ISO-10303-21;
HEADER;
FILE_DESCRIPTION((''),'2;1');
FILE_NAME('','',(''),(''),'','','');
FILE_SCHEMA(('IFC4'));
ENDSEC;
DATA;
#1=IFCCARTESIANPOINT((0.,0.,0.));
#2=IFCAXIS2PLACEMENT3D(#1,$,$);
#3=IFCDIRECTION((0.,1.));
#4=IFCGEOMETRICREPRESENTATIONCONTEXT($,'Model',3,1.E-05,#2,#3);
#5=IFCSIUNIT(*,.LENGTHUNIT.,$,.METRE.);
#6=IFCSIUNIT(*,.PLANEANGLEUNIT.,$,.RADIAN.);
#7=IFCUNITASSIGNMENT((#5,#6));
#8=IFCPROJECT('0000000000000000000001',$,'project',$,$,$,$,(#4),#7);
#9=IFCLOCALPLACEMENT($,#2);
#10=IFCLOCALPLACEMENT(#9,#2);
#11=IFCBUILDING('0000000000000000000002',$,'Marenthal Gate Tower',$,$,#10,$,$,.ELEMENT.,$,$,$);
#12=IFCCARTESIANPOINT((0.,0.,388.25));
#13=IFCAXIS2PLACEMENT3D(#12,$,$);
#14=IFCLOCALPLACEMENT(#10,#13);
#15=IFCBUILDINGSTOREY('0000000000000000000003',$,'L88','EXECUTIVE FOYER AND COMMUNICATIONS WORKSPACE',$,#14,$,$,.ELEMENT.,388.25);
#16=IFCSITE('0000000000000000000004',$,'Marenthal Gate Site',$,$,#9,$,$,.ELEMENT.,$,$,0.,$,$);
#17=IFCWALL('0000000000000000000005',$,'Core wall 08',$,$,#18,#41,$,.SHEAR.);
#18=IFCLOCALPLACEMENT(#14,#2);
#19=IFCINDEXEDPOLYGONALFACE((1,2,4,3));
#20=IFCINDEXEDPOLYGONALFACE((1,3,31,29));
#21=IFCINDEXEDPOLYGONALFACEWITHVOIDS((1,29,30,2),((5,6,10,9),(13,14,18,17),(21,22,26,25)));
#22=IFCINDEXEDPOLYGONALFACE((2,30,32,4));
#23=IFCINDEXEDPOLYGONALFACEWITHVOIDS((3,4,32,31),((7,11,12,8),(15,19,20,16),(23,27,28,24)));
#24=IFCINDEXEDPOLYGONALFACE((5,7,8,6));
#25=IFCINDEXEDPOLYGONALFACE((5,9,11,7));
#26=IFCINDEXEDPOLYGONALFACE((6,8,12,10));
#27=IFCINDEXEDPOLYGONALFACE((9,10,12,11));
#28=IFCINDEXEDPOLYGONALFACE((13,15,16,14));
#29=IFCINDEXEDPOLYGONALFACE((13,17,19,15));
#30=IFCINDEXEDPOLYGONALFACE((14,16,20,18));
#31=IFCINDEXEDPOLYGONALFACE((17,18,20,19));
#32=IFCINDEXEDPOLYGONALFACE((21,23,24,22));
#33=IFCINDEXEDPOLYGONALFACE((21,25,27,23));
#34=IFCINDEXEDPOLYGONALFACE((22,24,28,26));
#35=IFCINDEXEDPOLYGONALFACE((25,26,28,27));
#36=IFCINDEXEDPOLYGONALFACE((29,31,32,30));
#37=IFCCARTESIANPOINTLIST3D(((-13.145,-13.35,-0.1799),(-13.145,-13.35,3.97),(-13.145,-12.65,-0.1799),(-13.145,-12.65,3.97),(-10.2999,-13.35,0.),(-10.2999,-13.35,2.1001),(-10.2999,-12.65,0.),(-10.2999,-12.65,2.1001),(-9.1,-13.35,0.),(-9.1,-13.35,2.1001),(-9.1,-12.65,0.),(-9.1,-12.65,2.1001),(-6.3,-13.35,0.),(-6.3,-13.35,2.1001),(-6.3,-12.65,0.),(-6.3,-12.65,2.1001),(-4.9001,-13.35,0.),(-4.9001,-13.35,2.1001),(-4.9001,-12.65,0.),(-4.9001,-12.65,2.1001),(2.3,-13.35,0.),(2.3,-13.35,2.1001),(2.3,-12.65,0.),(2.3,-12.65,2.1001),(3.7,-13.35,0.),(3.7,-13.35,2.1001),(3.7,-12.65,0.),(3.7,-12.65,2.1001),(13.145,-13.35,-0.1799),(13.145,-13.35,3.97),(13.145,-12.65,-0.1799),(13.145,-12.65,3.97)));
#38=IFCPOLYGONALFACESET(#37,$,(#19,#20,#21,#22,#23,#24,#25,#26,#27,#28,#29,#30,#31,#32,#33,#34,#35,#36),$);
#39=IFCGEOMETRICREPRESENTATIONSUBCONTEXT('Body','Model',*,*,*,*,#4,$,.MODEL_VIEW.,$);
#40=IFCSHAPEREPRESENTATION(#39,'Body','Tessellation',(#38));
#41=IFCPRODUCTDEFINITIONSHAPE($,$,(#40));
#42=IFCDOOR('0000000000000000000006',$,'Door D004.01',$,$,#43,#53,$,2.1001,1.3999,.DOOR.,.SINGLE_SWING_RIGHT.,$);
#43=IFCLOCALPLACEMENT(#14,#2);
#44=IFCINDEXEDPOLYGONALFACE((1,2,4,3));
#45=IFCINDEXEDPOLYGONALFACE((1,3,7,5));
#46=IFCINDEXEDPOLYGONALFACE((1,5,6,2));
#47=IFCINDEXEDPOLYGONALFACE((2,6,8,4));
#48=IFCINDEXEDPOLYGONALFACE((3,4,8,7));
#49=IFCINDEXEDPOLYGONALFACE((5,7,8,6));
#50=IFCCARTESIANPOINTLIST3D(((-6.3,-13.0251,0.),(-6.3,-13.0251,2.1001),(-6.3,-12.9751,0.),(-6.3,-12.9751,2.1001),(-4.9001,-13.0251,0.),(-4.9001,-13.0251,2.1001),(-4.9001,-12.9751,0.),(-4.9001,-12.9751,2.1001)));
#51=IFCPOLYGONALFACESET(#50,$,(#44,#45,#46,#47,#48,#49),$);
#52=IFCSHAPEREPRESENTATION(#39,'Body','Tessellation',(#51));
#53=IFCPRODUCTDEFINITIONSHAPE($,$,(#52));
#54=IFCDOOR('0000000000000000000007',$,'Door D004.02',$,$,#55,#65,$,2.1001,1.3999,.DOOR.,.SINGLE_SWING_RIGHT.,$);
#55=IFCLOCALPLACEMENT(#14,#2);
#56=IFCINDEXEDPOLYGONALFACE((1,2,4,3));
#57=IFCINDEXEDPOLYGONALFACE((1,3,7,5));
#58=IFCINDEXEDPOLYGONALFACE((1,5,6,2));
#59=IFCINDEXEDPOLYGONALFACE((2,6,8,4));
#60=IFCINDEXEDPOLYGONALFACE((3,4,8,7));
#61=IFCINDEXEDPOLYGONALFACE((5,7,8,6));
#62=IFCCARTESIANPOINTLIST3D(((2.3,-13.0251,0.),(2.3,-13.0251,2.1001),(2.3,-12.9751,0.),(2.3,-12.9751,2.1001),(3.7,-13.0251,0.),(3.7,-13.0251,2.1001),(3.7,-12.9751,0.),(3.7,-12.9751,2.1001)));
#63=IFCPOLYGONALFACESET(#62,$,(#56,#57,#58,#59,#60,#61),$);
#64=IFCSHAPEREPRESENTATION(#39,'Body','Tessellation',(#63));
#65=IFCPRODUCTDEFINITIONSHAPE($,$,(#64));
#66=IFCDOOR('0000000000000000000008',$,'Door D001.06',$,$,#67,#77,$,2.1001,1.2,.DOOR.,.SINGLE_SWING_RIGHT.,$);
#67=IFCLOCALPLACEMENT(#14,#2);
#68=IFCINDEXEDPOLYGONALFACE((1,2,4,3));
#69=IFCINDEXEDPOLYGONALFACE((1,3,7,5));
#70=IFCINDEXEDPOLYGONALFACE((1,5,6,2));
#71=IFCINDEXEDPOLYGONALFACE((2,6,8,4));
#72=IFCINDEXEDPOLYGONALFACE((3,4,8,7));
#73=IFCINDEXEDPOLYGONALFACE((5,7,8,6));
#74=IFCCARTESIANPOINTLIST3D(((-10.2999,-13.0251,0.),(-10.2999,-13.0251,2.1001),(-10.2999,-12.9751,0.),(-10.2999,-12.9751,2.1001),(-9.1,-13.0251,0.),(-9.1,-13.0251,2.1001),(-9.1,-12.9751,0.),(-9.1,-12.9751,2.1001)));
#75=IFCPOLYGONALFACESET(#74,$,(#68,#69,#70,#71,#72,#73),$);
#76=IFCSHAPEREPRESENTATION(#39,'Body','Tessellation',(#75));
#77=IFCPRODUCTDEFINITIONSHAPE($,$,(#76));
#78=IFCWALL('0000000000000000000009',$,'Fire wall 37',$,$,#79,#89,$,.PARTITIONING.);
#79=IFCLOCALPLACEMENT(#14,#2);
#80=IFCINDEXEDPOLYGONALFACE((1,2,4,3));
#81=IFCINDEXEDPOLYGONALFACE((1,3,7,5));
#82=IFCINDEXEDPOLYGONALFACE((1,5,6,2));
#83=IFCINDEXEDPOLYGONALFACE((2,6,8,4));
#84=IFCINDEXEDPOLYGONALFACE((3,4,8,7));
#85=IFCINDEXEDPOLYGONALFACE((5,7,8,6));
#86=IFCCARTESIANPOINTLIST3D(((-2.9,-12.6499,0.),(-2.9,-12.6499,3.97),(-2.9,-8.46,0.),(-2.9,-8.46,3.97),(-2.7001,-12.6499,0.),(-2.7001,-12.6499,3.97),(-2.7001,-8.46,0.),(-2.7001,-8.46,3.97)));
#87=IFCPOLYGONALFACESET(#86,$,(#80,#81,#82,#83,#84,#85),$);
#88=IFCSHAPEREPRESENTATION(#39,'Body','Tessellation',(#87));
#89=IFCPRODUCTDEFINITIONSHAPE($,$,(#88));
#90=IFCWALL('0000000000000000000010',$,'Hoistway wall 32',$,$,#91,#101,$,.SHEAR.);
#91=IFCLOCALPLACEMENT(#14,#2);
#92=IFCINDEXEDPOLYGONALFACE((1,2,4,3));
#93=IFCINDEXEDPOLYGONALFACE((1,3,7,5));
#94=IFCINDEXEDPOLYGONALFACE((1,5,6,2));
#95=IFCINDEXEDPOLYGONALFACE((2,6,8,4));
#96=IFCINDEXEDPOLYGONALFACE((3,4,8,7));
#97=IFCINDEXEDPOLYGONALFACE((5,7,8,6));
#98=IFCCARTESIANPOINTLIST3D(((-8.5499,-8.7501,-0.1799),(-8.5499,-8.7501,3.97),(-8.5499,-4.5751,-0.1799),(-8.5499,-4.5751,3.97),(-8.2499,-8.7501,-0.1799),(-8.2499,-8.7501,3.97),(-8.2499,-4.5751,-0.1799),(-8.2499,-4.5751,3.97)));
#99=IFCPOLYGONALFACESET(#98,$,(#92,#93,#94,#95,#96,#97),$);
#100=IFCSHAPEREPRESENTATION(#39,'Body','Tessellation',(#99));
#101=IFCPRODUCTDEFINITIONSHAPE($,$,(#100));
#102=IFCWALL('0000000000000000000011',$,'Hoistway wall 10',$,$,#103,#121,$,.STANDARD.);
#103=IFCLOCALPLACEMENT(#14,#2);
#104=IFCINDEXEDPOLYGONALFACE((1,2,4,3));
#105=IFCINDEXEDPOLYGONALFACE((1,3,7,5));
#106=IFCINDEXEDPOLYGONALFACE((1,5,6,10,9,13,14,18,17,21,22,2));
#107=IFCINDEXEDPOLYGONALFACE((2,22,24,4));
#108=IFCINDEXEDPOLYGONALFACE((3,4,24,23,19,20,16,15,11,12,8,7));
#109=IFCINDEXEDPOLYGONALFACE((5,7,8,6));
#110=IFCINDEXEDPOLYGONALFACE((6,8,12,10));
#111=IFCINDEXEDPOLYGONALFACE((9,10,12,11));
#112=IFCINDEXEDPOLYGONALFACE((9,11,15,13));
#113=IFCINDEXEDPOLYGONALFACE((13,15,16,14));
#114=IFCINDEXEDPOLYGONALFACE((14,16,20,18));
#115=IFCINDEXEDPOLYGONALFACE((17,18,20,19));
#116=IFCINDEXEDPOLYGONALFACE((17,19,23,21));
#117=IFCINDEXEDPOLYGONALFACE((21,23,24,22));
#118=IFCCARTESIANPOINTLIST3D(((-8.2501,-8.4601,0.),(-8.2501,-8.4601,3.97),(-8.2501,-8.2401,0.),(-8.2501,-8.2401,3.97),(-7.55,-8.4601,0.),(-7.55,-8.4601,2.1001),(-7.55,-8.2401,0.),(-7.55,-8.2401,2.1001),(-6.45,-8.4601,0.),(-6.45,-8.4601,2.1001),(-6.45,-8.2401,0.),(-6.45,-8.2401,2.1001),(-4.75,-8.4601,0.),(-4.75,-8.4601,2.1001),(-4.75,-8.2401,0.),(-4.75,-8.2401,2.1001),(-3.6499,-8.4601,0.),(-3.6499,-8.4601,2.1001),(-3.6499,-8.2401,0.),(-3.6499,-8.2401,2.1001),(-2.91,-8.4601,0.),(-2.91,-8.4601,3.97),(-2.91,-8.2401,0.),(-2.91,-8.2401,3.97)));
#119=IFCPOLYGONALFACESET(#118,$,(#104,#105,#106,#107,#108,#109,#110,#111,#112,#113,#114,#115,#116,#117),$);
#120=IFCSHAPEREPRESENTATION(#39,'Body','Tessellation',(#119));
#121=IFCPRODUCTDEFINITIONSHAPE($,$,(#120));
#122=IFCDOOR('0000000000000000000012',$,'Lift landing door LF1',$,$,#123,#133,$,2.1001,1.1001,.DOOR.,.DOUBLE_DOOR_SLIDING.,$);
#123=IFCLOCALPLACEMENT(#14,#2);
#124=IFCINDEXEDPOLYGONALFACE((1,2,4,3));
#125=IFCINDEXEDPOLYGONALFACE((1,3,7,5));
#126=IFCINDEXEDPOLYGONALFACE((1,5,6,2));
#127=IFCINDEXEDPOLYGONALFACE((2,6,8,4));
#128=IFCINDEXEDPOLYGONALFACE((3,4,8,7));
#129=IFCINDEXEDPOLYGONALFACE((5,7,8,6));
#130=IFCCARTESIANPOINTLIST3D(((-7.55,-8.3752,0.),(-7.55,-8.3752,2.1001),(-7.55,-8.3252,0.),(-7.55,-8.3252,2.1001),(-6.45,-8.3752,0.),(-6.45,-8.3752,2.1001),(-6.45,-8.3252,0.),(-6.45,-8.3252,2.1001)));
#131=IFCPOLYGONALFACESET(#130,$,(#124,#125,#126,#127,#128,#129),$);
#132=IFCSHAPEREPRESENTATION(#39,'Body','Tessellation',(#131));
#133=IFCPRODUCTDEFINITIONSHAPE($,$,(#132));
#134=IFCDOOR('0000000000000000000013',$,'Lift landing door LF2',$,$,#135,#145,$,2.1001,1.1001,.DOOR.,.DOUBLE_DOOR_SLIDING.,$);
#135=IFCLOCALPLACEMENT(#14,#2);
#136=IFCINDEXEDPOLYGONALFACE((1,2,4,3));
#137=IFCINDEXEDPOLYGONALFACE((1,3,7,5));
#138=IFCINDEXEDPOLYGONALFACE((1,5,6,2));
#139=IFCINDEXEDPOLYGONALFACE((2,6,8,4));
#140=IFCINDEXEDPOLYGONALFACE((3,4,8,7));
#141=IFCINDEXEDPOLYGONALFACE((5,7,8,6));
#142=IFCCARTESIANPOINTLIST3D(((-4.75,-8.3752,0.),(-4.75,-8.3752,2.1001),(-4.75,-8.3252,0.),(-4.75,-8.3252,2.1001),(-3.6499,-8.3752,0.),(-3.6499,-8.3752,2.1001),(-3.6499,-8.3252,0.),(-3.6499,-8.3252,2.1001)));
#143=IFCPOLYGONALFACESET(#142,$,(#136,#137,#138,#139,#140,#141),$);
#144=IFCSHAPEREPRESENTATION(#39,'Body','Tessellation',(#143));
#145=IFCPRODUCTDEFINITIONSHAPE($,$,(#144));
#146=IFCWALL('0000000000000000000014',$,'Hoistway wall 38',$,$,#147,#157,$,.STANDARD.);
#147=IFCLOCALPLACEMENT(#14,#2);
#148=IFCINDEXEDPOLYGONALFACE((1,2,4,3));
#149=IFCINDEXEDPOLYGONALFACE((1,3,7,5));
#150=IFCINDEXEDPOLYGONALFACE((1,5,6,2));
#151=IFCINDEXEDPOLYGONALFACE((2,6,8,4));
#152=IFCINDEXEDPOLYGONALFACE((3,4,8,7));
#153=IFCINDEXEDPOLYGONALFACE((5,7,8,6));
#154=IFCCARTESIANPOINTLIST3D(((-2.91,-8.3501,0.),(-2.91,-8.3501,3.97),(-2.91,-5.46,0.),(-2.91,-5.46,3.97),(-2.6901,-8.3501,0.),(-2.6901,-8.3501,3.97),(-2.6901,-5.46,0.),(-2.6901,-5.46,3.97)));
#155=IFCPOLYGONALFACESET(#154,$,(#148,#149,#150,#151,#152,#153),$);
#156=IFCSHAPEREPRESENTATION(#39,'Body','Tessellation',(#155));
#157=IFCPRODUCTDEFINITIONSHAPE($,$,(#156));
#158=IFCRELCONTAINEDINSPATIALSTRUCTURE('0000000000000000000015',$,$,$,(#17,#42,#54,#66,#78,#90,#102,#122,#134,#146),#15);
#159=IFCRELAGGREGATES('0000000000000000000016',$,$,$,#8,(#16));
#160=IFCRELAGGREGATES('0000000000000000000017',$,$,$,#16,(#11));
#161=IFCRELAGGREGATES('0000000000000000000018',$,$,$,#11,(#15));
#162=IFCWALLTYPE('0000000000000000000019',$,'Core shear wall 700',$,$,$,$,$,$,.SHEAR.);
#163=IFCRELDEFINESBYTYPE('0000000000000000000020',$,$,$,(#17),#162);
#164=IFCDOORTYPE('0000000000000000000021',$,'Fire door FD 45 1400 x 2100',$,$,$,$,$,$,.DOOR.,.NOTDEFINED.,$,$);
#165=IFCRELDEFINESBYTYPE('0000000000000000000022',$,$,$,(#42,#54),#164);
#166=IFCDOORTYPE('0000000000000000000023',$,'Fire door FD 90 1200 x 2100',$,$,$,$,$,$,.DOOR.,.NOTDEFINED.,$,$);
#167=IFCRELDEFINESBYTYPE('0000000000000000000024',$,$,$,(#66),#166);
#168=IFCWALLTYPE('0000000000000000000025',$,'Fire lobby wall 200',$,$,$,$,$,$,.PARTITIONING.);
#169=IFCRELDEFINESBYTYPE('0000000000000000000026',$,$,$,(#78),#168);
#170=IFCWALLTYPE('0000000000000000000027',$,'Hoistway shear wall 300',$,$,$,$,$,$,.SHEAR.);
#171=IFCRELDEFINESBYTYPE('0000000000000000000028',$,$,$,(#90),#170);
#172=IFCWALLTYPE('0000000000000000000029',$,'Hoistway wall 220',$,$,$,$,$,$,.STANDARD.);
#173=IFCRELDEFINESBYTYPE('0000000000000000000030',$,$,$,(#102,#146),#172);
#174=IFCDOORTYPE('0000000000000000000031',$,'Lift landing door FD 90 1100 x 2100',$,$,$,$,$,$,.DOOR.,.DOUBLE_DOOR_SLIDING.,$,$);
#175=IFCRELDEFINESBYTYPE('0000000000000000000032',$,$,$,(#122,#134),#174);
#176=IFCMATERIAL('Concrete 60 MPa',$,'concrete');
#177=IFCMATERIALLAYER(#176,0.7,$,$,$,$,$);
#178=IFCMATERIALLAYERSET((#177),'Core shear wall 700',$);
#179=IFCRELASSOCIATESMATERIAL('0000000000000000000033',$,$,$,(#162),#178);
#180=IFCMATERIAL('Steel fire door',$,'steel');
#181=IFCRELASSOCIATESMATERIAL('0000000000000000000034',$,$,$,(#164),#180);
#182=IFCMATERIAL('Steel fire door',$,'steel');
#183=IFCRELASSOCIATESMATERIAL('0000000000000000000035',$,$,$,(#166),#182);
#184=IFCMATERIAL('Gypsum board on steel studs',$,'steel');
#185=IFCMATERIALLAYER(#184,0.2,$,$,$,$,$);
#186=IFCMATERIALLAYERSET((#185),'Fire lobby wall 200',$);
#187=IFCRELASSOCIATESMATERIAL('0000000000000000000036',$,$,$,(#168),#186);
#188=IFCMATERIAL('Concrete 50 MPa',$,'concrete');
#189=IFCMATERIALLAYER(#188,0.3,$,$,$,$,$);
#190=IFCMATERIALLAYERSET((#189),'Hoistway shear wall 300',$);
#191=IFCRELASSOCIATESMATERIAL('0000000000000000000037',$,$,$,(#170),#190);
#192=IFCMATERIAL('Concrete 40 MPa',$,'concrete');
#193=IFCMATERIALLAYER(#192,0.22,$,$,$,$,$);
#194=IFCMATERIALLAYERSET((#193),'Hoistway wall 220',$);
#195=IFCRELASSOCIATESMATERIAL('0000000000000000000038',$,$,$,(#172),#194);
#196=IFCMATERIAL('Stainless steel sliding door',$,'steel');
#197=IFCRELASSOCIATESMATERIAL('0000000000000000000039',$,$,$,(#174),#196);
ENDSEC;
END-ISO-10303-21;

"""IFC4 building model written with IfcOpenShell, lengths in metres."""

from ifc_helpers import new_model, si_unit, direction, frame, frame_2d, origin, place, context, subcontext, project, spatial, rectangle, extrude, material, layer, layer_set, type_object, element, fill, save


model = new_model("IFC4")

# Units and contexts
model_context = context("Model", 3, precision=1e-05, world=origin(), true_north=direction((0.0, 1.0)))
body_context = subcontext(model_context, "Body", "Model", "MODEL_VIEW")
ifc_project = project(units=[si_unit("LENGTHUNIT", "METRE"), si_unit("PLANEANGLEUNIT", "RADIAN")], contexts=[model_context])

# Site, building, storey
site_placement = place(None, origin())
site = spatial("IfcSite", under=ifc_project, at=site_placement, Name="Marenthal Gate Site", CompositionType="ELEMENT", RefElevation=0.0)
building_placement = place(site_placement, origin())
building = spatial("IfcBuilding", under=site, at=building_placement, Name="Marenthal Gate Tower", CompositionType="ELEMENT")
storey_placement = place(building_placement, frame((0.0, 0.0, 388.25)))
storey = spatial("IfcBuildingStorey", under=building, at=storey_placement, Name="L88", Description="EXECUTIVE FOYER AND COMMUNICATIONS WORKSPACE", CompositionType="ELEMENT", Elevation=388.25)

# Wall, openings, doors
ifc_material_1 = material(Name="Concrete 60 MPa", Category="concrete")
ifc_layer_1 = layer(ifc_material_1, 0.7)
ifc_layer_set_1 = layer_set([ifc_layer_1], Name="Core shear wall 700")
wall_type_1 = type_object("IfcWallType", Name="Core shear wall 700", PredefinedType="SHEAR", material=ifc_layer_set_1)
wall_1_placement = place(storey_placement, frame((-13.145, -13.0, -0.1799), z_axis=(0.0, 0.0, 1.0), x_axis=(1.0, 0.0, 0.0)))
wall_1 = element("IfcWall", 1, at=wall_1_placement, inside=storey, type_object=wall_type_1, Name="Core wall 08", PredefinedType="SHEAR", context=body_context, shape_type="SweptSolid", body=[
    extrude(rectangle(XDim=26.29, YDim=0.7, at=frame_2d((13.145, 0.0))), origin(), (0.0, 0.0, 1.0), 4.1499),
])
opening_1_placement = place(wall_1_placement, frame((2.845, 0.0, 0.1799)))
opening_1 = element("IfcOpeningElement", 2, at=opening_1_placement, cuts=wall_1, PredefinedType="OPENING", context=body_context, shape_type="SweptSolid", body=[
    extrude(rectangle(XDim=1.2, YDim=2.1001, at=frame_2d((0.6001, 1.05))), frame((0.0, 0.3599, 0.0), z_axis=(0.0, -1.0, 0.0), x_axis=(1.0, 0.0, 0.0)), (0.0, 0.0, 1.0), 0.72),
])
opening_2_placement = place(wall_1_placement, frame((6.845, 0.0, 0.1799)))
opening_2 = element("IfcOpeningElement", 3, at=opening_2_placement, cuts=wall_1, PredefinedType="OPENING", context=body_context, shape_type="SweptSolid", body=[
    extrude(rectangle(XDim=1.3999, YDim=2.1001, at=frame_2d((0.7, 1.05))), frame((0.0, 0.3599, 0.0), z_axis=(0.0, -1.0, 0.0), x_axis=(1.0, 0.0, 0.0)), (0.0, 0.0, 1.0), 0.72),
])
opening_3_placement = place(wall_1_placement, frame((15.4451, 0.0, 0.1799)))
opening_3 = element("IfcOpeningElement", 4, at=opening_3_placement, cuts=wall_1, PredefinedType="OPENING", context=body_context, shape_type="SweptSolid", body=[
    extrude(rectangle(XDim=1.3999, YDim=2.1001, at=frame_2d((0.7, 1.05))), frame((0.0, 0.3599, 0.0), z_axis=(0.0, -1.0, 0.0), x_axis=(1.0, 0.0, 0.0)), (0.0, 0.0, 1.0), 0.72),
])
ifc_material_2 = material(Name="Steel fire door", Category="steel")
door_type_1 = type_object("IfcDoorType", Name="Fire door FD 45 1400 x 2100", OperationType="NOTDEFINED", PredefinedType="DOOR", material=ifc_material_2)
door_1_placement = place(opening_2_placement, origin())
door_1 = element("IfcDoor", 5, at=door_1_placement, inside=storey, type_object=door_type_1, Name="Door D004.01", OperationType="SINGLE_SWING_RIGHT", OverallHeight=2.1001, OverallWidth=1.3999, PredefinedType="DOOR", context=body_context, shape_type="SweptSolid", body=[
    extrude(rectangle(XDim=1.3999, YDim=2.1001, at=frame_2d((0.7, 1.05))), frame((0.0, 0.0249, 0.0), z_axis=(0.0, -1.0, 0.0), x_axis=(1.0, 0.0, 0.0)), (0.0, 0.0, 1.0), 0.05),
])
fill(opening_2, door_1)
door_2_placement = place(opening_3_placement, origin())
door_2 = element("IfcDoor", 6, at=door_2_placement, inside=storey, type_object=door_type_1, Name="Door D004.02", OperationType="SINGLE_SWING_RIGHT", OverallHeight=2.1001, OverallWidth=1.3999, PredefinedType="DOOR", context=body_context, shape_type="SweptSolid", body=[
    extrude(rectangle(XDim=1.3999, YDim=2.1001, at=frame_2d((0.7, 1.05))), frame((0.0, 0.0249, 0.0), z_axis=(0.0, -1.0, 0.0), x_axis=(1.0, 0.0, 0.0)), (0.0, 0.0, 1.0), 0.05),
])
fill(opening_3, door_2)
ifc_material_3 = material(Name="Steel fire door", Category="steel")
door_type_2 = type_object("IfcDoorType", Name="Fire door FD 90 1200 x 2100", OperationType="NOTDEFINED", PredefinedType="DOOR", material=ifc_material_3)
door_3_placement = place(opening_1_placement, origin())
door_3 = element("IfcDoor", 7, at=door_3_placement, inside=storey, type_object=door_type_2, Name="Door D001.06", OperationType="SINGLE_SWING_RIGHT", OverallHeight=2.1001, OverallWidth=1.2, PredefinedType="DOOR", context=body_context, shape_type="SweptSolid", body=[
    extrude(rectangle(XDim=1.2, YDim=2.1001, at=frame_2d((0.6001, 1.05))), frame((0.0, 0.0249, 0.0), z_axis=(0.0, -1.0, 0.0), x_axis=(1.0, 0.0, 0.0)), (0.0, 0.0, 1.0), 0.05),
])
fill(opening_1, door_3)

# Walls
ifc_material_4 = material(Name="Gypsum board on steel studs", Category="steel")
ifc_layer_2 = layer(ifc_material_4, 0.2)
ifc_layer_set_2 = layer_set([ifc_layer_2], Name="Fire lobby wall 200")
wall_type_2 = type_object("IfcWallType", Name="Fire lobby wall 200", PredefinedType="PARTITIONING", material=ifc_layer_set_2)
wall_2_placement = place(storey_placement, frame((-2.8, -12.6499, 0.0), z_axis=(0.0, 0.0, 1.0), x_axis=(0.0, 1.0, 0.0)))
element("IfcWall", 8, at=wall_2_placement, inside=storey, type_object=wall_type_2, Name="Fire wall 37", PredefinedType="PARTITIONING", context=body_context, shape_type="SweptSolid", body=[
    extrude(rectangle(XDim=4.1899, YDim=0.2, at=frame_2d((2.095, 0.0))), origin(), (0.0, 0.0, 1.0), 3.97),
])
ifc_material_5 = material(Name="Concrete 50 MPa", Category="concrete")
ifc_layer_3 = layer(ifc_material_5, 0.3)
ifc_layer_set_3 = layer_set([ifc_layer_3], Name="Hoistway shear wall 300")
wall_type_3 = type_object("IfcWallType", Name="Hoistway shear wall 300", PredefinedType="SHEAR", material=ifc_layer_set_3)
wall_3_placement = place(storey_placement, frame((-8.3999, -8.75, -0.1799), z_axis=(0.0, 0.0, 1.0), x_axis=(0.0, 1.0, 0.0)))
element("IfcWall", 9, at=wall_3_placement, inside=storey, type_object=wall_type_3, Name="Hoistway wall 32", PredefinedType="SHEAR", context=body_context, shape_type="SweptSolid", body=[
    extrude(rectangle(XDim=4.175, YDim=0.3, at=frame_2d((2.0874, 0.0))), origin(), (0.0, 0.0, 1.0), 4.1499),
])

# Wall, openings, doors
ifc_material_6 = material(Name="Concrete 40 MPa", Category="concrete")
ifc_layer_4 = layer(ifc_material_6, 0.22)
ifc_layer_set_4 = layer_set([ifc_layer_4], Name="Hoistway wall 220")
wall_type_4 = type_object("IfcWallType", Name="Hoistway wall 220", PredefinedType="STANDARD", material=ifc_layer_set_4)
wall_4_placement = place(storey_placement, frame((-8.25, -8.3501, 0.0), z_axis=(0.0, 0.0, 1.0), x_axis=(1.0, 0.0, 0.0)))
wall_4 = element("IfcWall", 10, at=wall_4_placement, inside=storey, type_object=wall_type_4, Name="Hoistway wall 10", PredefinedType="STANDARD", context=body_context, shape_type="SweptSolid", body=[
    extrude(rectangle(XDim=5.3401, YDim=0.22, at=frame_2d((2.6699, 0.0))), origin(), (0.0, 0.0, 1.0), 3.97),
])
opening_4_placement = place(wall_4_placement, frame((0.7, 0.0, 0.0)))
opening_4 = element("IfcOpeningElement", 11, at=opening_4_placement, cuts=wall_4, PredefinedType="OPENING", context=body_context, shape_type="SweptSolid", body=[
    extrude(rectangle(XDim=1.1001, YDim=2.1001, at=frame_2d((0.55, 1.05))), frame((0.0, 0.1201, 0.0), z_axis=(0.0, -1.0, 0.0), x_axis=(1.0, 0.0, 0.0)), (0.0, 0.0, 1.0), 0.24),
])
opening_5_placement = place(wall_4_placement, frame((3.5, 0.0, 0.0)))
opening_5 = element("IfcOpeningElement", 12, at=opening_5_placement, cuts=wall_4, PredefinedType="OPENING", context=body_context, shape_type="SweptSolid", body=[
    extrude(rectangle(XDim=1.1001, YDim=2.1001, at=frame_2d((0.55, 1.05))), frame((0.0, 0.1201, 0.0), z_axis=(0.0, -1.0, 0.0), x_axis=(1.0, 0.0, 0.0)), (0.0, 0.0, 1.0), 0.24),
])
ifc_material_7 = material(Name="Stainless steel sliding door", Category="steel")
door_type_3 = type_object("IfcDoorType", Name="Lift landing door FD 90 1100 x 2100", OperationType="DOUBLE_DOOR_SLIDING", PredefinedType="DOOR", material=ifc_material_7)
door_4_placement = place(opening_4_placement, origin())
door_4 = element("IfcDoor", 13, at=door_4_placement, inside=storey, type_object=door_type_3, Name="Lift landing door LF1", OperationType="DOUBLE_DOOR_SLIDING", OverallHeight=2.1001, OverallWidth=1.1001, PredefinedType="DOOR", context=body_context, shape_type="SweptSolid", body=[
    extrude(rectangle(XDim=1.1001, YDim=2.1001, at=frame_2d((0.55, 1.05))), frame((0.0, 0.0249, 0.0), z_axis=(0.0, -1.0, 0.0), x_axis=(1.0, 0.0, 0.0)), (0.0, 0.0, 1.0), 0.05),
])
fill(opening_4, door_4)
door_5_placement = place(opening_5_placement, origin())
door_5 = element("IfcDoor", 14, at=door_5_placement, inside=storey, type_object=door_type_3, Name="Lift landing door LF2", OperationType="DOUBLE_DOOR_SLIDING", OverallHeight=2.1001, OverallWidth=1.1001, PredefinedType="DOOR", context=body_context, shape_type="SweptSolid", body=[
    extrude(rectangle(XDim=1.1001, YDim=2.1001, at=frame_2d((0.55, 1.05))), frame((0.0, 0.0249, 0.0), z_axis=(0.0, -1.0, 0.0), x_axis=(1.0, 0.0, 0.0)), (0.0, 0.0, 1.0), 0.05),
])
fill(opening_5, door_5)

# Wall
wall_5_placement = place(storey_placement, frame((-2.8, -8.3501, 0.0), z_axis=(0.0, 0.0, 1.0), x_axis=(0.0, 1.0, 0.0)))
element("IfcWall", 15, at=wall_5_placement, inside=storey, type_object=wall_type_4, Name="Hoistway wall 38", PredefinedType="STANDARD", context=body_context, shape_type="SweptSolid", body=[
    extrude(rectangle(XDim=2.8901, YDim=0.22, at=frame_2d((1.4451, 0.0))), origin(), (0.0, 0.0, 1.0), 3.97),
])

save(model, "model.ifc")
